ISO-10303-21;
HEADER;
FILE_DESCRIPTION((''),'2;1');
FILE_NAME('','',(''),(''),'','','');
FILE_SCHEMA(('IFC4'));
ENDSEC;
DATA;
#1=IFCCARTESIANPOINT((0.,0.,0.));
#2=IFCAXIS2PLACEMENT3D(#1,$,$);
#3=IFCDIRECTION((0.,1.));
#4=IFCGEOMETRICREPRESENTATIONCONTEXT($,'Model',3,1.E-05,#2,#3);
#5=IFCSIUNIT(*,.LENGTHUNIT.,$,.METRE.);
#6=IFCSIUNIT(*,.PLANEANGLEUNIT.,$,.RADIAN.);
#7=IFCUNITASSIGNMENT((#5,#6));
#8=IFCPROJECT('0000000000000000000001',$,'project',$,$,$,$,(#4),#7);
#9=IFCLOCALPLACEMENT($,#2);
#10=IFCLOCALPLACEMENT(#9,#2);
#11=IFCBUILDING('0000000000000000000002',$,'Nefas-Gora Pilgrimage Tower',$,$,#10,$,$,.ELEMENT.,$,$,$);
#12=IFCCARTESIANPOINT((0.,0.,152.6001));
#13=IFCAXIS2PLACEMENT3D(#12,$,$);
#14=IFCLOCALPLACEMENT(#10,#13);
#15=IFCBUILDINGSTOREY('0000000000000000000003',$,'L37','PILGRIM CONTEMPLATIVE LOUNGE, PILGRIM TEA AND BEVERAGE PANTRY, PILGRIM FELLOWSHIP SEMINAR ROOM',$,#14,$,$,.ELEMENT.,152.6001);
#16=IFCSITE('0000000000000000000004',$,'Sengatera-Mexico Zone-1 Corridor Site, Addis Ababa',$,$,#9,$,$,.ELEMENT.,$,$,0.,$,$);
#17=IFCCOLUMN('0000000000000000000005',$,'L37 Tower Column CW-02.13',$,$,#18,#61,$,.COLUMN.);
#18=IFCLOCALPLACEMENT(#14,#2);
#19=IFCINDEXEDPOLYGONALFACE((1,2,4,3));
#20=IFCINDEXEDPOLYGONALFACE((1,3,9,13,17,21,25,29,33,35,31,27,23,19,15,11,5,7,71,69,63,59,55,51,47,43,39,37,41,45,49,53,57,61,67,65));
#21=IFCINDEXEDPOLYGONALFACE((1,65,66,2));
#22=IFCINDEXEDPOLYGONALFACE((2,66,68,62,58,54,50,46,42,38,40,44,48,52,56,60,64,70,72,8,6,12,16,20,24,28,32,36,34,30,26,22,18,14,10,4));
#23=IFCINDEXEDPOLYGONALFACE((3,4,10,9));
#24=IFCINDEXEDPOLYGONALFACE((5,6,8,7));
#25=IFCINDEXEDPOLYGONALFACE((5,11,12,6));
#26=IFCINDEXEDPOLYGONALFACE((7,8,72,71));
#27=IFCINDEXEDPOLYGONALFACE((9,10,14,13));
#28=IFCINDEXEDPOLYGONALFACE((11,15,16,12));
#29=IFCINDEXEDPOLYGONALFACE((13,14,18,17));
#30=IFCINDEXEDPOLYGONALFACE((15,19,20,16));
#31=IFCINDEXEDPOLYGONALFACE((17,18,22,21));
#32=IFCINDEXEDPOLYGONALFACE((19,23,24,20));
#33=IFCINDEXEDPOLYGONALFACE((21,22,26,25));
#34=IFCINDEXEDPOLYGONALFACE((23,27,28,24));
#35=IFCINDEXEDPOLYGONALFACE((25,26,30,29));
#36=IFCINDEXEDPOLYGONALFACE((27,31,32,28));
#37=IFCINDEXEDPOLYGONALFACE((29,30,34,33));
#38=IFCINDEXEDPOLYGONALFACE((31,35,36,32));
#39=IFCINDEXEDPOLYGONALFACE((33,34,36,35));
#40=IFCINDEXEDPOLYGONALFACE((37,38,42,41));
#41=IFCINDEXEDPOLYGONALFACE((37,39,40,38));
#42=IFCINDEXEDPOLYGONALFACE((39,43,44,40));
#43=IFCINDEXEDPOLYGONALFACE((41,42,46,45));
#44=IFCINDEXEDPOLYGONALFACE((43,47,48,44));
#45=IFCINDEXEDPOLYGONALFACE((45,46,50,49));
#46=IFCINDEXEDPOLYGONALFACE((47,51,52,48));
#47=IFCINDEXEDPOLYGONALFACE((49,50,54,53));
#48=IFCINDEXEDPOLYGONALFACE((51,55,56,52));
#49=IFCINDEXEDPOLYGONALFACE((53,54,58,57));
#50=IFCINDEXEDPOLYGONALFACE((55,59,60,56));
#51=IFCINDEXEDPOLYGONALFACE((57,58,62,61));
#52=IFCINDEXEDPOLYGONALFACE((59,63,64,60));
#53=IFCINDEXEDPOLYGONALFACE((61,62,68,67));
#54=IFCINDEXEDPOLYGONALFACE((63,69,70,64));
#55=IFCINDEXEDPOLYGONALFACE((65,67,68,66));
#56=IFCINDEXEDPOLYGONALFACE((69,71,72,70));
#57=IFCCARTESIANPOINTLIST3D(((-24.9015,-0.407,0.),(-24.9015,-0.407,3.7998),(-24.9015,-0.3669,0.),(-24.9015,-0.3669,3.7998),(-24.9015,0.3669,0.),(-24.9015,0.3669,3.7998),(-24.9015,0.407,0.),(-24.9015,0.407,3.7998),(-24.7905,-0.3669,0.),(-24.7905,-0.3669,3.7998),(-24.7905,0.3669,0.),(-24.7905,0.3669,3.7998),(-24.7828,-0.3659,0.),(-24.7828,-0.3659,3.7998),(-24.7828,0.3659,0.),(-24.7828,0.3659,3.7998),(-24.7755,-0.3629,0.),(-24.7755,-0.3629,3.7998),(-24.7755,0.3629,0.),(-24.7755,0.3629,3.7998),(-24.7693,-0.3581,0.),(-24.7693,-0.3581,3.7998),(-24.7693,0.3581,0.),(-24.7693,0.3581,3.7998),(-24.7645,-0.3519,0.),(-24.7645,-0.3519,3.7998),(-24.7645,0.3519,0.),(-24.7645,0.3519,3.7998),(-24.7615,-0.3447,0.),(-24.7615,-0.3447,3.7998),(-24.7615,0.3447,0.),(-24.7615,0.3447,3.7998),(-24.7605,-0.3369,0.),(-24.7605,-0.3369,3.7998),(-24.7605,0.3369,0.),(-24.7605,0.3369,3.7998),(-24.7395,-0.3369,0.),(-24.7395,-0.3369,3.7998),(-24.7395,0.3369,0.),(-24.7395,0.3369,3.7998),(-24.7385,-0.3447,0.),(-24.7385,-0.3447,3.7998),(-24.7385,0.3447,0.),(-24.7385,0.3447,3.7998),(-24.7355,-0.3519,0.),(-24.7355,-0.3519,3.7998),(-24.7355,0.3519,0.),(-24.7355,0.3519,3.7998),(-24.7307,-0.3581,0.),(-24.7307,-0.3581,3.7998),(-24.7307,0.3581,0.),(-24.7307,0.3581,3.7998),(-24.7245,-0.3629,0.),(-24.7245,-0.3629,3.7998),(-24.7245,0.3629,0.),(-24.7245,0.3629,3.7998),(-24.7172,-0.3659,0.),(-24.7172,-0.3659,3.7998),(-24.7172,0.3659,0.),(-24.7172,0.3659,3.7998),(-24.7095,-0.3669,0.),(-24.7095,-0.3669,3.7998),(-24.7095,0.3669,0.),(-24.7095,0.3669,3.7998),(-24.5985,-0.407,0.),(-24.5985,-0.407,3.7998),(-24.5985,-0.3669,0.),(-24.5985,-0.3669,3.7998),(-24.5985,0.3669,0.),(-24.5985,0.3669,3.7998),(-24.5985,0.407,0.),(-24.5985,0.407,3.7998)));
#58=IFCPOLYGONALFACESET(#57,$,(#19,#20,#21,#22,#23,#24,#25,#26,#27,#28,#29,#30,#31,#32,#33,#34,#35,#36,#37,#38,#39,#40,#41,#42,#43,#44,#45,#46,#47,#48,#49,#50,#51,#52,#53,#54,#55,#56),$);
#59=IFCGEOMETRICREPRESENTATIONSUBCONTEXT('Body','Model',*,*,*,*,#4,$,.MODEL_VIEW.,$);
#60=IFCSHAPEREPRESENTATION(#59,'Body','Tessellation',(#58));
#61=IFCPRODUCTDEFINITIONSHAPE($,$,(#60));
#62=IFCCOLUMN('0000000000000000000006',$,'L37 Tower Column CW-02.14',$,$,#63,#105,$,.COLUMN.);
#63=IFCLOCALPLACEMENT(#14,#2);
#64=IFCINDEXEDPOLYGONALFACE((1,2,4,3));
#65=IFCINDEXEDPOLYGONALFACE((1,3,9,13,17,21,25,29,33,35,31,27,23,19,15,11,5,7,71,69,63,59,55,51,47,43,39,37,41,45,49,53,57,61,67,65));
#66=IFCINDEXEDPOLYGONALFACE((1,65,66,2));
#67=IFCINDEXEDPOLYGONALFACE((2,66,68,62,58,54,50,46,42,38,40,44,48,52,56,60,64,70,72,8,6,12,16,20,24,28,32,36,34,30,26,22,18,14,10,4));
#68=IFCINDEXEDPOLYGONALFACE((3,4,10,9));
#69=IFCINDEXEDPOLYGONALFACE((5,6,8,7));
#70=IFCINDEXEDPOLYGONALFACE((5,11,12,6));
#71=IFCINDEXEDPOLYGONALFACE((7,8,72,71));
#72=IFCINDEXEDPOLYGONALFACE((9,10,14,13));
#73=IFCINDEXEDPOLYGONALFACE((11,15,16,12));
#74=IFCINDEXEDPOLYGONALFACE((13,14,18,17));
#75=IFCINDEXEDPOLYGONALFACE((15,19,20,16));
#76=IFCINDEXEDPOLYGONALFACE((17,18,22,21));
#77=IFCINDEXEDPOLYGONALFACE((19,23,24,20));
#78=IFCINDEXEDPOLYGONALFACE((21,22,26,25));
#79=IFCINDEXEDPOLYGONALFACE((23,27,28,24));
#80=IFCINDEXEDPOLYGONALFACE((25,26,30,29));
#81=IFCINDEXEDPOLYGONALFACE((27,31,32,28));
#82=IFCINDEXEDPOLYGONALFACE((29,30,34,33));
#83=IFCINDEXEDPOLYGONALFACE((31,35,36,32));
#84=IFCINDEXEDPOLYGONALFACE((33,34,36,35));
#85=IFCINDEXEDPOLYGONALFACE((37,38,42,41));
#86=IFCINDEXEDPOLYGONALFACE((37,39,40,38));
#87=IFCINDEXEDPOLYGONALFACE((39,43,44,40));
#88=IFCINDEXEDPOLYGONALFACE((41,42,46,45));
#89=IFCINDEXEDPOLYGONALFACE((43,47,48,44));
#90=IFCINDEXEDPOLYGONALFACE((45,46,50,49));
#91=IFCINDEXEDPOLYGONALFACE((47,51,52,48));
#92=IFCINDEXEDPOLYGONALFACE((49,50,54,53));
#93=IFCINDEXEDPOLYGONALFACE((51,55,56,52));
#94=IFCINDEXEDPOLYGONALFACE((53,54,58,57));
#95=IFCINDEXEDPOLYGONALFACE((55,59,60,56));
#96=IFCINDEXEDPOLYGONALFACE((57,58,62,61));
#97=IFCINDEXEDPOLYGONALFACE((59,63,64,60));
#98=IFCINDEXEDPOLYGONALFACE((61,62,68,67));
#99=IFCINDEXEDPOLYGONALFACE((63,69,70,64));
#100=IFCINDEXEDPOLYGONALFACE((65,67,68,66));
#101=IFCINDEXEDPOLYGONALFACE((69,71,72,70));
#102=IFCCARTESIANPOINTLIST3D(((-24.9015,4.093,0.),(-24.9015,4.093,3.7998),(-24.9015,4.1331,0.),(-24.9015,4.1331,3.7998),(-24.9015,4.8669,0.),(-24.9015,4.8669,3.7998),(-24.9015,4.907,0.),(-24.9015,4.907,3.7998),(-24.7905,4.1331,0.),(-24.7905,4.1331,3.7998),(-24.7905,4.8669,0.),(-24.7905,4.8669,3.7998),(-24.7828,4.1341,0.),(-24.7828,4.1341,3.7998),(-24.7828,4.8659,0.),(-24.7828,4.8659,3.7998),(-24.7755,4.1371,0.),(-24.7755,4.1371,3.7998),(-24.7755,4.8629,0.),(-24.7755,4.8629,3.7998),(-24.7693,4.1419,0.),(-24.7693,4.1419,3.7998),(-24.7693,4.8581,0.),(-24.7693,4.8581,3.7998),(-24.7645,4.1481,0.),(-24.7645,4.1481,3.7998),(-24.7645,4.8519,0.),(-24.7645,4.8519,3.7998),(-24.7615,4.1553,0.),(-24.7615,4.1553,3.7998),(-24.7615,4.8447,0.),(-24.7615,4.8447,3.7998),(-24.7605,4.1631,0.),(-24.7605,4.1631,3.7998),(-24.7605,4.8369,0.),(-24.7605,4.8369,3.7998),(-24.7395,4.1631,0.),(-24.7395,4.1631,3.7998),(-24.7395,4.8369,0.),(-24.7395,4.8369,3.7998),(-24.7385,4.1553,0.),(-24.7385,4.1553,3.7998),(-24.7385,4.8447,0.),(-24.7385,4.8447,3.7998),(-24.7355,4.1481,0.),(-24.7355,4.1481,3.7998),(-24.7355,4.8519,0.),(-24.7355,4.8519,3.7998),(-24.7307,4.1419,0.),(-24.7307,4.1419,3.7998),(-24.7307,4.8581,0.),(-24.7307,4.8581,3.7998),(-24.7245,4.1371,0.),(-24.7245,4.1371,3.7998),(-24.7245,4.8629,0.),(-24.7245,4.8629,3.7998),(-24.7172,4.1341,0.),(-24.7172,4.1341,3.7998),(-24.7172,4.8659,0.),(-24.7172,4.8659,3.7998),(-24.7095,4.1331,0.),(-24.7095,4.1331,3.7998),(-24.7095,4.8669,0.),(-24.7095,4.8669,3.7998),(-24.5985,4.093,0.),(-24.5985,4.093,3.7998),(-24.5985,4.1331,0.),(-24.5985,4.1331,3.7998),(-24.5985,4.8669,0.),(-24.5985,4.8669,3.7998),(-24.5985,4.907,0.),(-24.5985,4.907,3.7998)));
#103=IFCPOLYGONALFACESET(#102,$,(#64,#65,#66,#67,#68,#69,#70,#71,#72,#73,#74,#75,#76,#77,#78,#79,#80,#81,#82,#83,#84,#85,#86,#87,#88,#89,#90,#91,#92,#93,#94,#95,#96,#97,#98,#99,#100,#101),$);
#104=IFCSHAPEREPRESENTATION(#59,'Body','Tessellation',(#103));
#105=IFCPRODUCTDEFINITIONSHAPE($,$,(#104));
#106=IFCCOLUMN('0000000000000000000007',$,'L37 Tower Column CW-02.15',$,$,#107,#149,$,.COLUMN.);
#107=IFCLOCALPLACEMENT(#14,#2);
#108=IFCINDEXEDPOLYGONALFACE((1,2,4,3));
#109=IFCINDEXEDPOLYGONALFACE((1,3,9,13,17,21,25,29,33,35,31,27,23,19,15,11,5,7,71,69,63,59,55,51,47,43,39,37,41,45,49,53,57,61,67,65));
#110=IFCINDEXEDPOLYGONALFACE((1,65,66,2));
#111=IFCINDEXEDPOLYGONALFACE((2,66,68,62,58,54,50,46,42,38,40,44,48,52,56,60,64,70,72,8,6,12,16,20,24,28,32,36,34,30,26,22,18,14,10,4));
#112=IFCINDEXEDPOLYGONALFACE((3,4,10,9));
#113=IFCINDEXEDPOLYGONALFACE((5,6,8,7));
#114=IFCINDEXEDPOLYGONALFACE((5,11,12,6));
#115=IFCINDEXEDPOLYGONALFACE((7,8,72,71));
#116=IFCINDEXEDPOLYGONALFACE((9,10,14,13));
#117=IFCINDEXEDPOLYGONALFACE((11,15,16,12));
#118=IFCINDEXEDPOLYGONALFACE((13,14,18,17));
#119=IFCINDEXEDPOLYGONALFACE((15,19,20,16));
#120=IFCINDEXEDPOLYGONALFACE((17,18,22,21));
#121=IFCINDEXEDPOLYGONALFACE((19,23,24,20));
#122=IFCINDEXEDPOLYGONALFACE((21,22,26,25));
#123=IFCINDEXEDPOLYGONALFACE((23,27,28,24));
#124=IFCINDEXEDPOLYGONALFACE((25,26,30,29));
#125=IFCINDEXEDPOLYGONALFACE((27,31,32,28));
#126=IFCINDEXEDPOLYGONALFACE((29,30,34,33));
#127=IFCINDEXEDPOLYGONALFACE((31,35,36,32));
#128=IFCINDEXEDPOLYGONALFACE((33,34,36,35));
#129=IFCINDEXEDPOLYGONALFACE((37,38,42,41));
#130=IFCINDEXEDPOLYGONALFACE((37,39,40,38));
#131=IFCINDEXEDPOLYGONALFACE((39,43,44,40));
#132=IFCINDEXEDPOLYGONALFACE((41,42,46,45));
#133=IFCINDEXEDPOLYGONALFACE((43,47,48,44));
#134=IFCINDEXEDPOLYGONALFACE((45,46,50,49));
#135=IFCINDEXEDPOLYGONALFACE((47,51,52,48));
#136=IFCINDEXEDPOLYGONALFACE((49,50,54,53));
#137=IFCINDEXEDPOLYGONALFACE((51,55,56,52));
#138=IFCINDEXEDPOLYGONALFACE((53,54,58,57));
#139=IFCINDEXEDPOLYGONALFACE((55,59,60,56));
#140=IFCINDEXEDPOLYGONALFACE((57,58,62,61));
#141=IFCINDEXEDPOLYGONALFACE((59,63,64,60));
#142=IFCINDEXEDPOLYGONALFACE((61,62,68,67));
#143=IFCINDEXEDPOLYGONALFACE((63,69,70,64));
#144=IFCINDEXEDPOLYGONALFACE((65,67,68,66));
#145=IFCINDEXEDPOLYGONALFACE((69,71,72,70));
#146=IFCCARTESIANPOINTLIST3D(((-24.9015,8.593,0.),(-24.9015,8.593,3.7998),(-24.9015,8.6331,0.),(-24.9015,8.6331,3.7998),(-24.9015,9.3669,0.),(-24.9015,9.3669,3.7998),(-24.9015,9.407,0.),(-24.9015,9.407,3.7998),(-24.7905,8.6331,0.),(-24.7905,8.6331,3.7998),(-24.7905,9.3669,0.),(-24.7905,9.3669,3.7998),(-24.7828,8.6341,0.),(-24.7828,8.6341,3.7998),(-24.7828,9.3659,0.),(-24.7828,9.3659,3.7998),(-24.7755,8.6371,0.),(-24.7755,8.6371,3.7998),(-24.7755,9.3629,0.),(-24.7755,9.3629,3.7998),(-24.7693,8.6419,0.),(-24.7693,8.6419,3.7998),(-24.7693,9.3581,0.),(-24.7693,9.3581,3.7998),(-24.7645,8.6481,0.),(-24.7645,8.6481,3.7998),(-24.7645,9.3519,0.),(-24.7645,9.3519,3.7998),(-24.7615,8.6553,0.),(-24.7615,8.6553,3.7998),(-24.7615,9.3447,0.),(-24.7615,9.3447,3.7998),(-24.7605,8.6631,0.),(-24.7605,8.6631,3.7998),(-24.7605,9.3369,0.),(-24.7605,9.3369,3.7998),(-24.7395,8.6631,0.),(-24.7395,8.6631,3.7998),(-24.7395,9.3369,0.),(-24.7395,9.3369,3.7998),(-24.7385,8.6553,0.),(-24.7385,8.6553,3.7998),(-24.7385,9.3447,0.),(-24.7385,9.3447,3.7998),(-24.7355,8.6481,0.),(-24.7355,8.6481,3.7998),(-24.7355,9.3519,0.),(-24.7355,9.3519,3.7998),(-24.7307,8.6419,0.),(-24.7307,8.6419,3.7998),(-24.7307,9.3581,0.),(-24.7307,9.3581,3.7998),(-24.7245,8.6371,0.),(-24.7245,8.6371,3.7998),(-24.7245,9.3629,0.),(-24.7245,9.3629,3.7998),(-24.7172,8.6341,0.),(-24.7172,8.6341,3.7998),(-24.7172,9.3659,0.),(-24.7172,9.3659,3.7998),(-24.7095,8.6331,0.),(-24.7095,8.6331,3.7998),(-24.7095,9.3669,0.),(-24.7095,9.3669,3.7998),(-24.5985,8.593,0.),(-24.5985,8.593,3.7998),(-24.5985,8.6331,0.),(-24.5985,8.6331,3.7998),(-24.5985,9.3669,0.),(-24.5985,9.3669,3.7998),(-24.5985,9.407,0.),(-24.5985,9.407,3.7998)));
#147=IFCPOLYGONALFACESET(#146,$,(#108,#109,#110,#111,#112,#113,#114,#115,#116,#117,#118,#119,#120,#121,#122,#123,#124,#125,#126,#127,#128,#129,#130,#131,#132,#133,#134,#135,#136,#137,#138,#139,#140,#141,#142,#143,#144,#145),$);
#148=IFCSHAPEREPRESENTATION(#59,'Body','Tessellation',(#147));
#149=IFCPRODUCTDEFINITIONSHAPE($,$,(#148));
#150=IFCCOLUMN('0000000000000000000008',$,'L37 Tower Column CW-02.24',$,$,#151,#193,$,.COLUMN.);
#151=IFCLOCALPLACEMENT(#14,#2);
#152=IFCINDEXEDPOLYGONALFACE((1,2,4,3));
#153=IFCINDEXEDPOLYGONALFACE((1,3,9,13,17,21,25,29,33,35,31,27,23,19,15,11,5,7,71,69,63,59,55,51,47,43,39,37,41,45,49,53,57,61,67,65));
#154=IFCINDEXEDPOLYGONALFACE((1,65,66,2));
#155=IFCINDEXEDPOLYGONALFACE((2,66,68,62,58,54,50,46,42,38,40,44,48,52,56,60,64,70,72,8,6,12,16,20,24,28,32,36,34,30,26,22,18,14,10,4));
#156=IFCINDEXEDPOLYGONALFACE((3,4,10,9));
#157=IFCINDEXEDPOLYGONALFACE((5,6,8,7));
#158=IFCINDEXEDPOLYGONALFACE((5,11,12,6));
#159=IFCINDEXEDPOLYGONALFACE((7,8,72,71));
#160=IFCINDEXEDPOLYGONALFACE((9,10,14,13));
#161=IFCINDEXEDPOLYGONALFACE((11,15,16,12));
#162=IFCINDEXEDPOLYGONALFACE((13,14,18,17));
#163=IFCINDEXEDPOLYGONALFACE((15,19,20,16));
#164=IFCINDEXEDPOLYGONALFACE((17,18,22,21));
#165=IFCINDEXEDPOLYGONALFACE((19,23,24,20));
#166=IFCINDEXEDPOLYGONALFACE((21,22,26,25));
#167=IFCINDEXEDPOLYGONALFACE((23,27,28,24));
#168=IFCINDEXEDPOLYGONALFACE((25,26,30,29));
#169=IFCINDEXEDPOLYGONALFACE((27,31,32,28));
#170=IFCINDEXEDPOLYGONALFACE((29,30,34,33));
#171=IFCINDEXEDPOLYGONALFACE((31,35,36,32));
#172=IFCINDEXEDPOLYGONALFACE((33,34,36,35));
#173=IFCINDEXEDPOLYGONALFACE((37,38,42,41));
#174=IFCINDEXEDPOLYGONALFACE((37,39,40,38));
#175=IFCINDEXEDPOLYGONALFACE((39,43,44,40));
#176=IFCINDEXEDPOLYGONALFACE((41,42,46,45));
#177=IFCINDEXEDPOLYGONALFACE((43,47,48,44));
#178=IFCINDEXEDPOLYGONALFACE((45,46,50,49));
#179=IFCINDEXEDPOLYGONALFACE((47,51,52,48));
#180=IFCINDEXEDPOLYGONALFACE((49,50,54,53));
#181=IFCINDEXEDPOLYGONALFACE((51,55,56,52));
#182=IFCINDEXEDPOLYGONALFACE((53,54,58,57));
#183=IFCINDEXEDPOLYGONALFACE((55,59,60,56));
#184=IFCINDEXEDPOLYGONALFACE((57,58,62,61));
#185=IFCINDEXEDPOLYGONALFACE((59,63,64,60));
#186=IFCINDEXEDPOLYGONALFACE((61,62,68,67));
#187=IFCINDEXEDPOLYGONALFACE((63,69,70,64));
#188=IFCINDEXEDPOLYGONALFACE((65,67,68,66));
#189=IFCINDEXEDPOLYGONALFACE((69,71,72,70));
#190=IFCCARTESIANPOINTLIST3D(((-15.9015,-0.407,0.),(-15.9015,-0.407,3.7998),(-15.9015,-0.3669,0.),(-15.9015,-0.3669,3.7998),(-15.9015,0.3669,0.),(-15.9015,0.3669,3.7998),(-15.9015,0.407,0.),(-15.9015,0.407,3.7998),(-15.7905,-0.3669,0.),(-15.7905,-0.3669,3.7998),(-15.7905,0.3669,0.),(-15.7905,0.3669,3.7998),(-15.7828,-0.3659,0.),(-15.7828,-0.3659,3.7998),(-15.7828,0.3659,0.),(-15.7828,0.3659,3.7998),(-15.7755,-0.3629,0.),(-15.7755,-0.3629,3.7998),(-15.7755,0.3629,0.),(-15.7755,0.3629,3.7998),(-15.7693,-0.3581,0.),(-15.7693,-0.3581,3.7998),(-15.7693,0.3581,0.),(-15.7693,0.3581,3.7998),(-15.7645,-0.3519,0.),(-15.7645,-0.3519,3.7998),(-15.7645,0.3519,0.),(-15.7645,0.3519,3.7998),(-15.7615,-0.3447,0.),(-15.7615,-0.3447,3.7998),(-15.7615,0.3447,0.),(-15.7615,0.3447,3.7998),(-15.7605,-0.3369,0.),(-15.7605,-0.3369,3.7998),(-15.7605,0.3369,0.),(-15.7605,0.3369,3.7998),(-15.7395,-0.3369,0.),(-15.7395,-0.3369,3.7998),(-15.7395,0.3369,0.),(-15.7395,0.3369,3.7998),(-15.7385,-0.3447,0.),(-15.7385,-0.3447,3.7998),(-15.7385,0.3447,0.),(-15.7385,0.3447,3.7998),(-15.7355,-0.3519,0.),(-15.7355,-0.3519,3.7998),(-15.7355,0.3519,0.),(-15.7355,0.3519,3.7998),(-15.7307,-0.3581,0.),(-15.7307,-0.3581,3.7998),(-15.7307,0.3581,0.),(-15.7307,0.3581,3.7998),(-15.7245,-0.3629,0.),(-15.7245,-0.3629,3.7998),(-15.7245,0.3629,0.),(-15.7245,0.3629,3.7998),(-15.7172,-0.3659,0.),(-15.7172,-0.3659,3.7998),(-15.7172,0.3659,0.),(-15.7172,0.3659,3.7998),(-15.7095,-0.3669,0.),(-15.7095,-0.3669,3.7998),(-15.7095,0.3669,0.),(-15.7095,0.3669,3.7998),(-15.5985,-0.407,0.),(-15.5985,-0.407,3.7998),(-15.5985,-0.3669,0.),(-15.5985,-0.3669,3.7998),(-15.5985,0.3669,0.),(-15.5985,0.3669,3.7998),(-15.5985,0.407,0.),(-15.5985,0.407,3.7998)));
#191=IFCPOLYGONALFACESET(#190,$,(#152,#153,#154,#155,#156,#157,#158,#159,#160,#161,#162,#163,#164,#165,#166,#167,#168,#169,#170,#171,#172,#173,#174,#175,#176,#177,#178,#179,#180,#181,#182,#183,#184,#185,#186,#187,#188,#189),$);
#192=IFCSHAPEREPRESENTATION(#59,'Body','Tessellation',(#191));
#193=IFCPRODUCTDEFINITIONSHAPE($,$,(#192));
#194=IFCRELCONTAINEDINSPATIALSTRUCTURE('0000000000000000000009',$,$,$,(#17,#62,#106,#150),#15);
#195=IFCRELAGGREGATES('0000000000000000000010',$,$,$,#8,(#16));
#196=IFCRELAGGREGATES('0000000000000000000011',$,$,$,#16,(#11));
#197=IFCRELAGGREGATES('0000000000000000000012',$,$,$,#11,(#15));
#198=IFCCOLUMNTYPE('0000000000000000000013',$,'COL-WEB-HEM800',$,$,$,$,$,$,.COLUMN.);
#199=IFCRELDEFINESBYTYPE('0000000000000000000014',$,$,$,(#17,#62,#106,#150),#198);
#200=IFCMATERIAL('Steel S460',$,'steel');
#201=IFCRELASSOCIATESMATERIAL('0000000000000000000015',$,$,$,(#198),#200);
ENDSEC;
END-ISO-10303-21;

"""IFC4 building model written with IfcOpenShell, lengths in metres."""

from ifc_helpers import new_model, si_unit, direction, frame, origin, origin_2d, place, context, subcontext, project, spatial, i_section, extrude, source, transform, mapped, material, material_profile, profile_set, type_object, element, save


model = new_model("IFC4")

# Units and contexts
model_context = context("Model", 3, precision=1e-05, world=origin(), true_north=direction((0.0, 1.0)))
body_context = subcontext(model_context, "Body", "Model", "MODEL_VIEW")
ifc_project = project(units=[si_unit("LENGTHUNIT", "METRE"), si_unit("PLANEANGLEUNIT", "RADIAN")], contexts=[model_context])

# Site, building, storey
site_placement = place(None, origin())
site = spatial("IfcSite", under=ifc_project, at=site_placement, Name="Sengatera-Mexico Zone-1 Corridor Site, Addis Ababa", CompositionType="ELEMENT", RefElevation=0.0)
building_placement = place(site_placement, origin())
building = spatial("IfcBuilding", under=site, at=building_placement, Name="Nefas-Gora Pilgrimage Tower", CompositionType="ELEMENT")
storey_placement = place(building_placement, frame((0.0, 0.0, 152.6001)))
storey = spatial("IfcBuildingStorey", under=building, at=storey_placement, Name="L37", Description="PILGRIM CONTEMPLATIVE LOUNGE, PILGRIM TEA AND BEVERAGE PANTRY, PILGRIM FELLOWSHIP SEMINAR ROOM", CompositionType="ELEMENT", Elevation=152.6001)

# Columns
ifc_material_1 = material(Name="Steel S460", Category="steel")
ifc_material_profile_1 = material_profile(ifc_material_1, i_section(OverallWidth=0.303, OverallDepth=0.814, WebThickness=0.021, FlangeThickness=0.04, FilletRadius=0.03, at=origin_2d()), Name="HEM 800")
ifc_profile_set_1 = profile_set([ifc_material_profile_1], Name="Steel S460")
column_type_1 = type_object("IfcColumnType", Name="COL-WEB-HEM800", PredefinedType="COLUMN", material=ifc_profile_set_1)
shared_shape_1 = source(origin(), body_context, "Body", "SweptSolid", [
    extrude(i_section(OverallWidth=0.303, OverallDepth=0.814, WebThickness=0.021, FlangeThickness=0.04, FilletRadius=0.03, at=origin_2d()), origin(), (0.0, 0.0, 1.0), 3.7998),
])
for number, where, z_axis, x_axis, name in (
    (1, (-24.75, 0.0, 0.0), (0.0, 0.0, 1.0), (1.0, 0.0, 0.0), "L37 Tower Column CW-02.13"),
    (2, (-24.75, 4.5, 0.0), (0.0, 0.0, 1.0), (1.0, 0.0, 0.0), "L37 Tower Column CW-02.14"),
    (3, (-24.75, 9.0, 0.0), (0.0, 0.0, 1.0), (1.0, 0.0, 0.0), "L37 Tower Column CW-02.15"),
    (4, (-15.75, 0.0, 0.0), (0.0, 0.0, 1.0), (1.0, 0.0, 0.0), "L37 Tower Column CW-02.24"),
):
    element("IfcColumn", number, at=place(storey_placement, frame(where, z_axis=z_axis, x_axis=x_axis)), inside=storey, type_object=column_type_1, Name=name, PredefinedType="COLUMN", context=body_context, shape_type="MappedRepresentation", body=[
        mapped(shared_shape_1, transform((0.0, 0.0, 0.0), x_axis=(1.0, 0.0, 0.0), y_axis=(0.0, 1.0, 0.0), z_axis=(0.0, 0.0, 1.0), scale=1.0)),
    ])

save(model, "model.ifc")
